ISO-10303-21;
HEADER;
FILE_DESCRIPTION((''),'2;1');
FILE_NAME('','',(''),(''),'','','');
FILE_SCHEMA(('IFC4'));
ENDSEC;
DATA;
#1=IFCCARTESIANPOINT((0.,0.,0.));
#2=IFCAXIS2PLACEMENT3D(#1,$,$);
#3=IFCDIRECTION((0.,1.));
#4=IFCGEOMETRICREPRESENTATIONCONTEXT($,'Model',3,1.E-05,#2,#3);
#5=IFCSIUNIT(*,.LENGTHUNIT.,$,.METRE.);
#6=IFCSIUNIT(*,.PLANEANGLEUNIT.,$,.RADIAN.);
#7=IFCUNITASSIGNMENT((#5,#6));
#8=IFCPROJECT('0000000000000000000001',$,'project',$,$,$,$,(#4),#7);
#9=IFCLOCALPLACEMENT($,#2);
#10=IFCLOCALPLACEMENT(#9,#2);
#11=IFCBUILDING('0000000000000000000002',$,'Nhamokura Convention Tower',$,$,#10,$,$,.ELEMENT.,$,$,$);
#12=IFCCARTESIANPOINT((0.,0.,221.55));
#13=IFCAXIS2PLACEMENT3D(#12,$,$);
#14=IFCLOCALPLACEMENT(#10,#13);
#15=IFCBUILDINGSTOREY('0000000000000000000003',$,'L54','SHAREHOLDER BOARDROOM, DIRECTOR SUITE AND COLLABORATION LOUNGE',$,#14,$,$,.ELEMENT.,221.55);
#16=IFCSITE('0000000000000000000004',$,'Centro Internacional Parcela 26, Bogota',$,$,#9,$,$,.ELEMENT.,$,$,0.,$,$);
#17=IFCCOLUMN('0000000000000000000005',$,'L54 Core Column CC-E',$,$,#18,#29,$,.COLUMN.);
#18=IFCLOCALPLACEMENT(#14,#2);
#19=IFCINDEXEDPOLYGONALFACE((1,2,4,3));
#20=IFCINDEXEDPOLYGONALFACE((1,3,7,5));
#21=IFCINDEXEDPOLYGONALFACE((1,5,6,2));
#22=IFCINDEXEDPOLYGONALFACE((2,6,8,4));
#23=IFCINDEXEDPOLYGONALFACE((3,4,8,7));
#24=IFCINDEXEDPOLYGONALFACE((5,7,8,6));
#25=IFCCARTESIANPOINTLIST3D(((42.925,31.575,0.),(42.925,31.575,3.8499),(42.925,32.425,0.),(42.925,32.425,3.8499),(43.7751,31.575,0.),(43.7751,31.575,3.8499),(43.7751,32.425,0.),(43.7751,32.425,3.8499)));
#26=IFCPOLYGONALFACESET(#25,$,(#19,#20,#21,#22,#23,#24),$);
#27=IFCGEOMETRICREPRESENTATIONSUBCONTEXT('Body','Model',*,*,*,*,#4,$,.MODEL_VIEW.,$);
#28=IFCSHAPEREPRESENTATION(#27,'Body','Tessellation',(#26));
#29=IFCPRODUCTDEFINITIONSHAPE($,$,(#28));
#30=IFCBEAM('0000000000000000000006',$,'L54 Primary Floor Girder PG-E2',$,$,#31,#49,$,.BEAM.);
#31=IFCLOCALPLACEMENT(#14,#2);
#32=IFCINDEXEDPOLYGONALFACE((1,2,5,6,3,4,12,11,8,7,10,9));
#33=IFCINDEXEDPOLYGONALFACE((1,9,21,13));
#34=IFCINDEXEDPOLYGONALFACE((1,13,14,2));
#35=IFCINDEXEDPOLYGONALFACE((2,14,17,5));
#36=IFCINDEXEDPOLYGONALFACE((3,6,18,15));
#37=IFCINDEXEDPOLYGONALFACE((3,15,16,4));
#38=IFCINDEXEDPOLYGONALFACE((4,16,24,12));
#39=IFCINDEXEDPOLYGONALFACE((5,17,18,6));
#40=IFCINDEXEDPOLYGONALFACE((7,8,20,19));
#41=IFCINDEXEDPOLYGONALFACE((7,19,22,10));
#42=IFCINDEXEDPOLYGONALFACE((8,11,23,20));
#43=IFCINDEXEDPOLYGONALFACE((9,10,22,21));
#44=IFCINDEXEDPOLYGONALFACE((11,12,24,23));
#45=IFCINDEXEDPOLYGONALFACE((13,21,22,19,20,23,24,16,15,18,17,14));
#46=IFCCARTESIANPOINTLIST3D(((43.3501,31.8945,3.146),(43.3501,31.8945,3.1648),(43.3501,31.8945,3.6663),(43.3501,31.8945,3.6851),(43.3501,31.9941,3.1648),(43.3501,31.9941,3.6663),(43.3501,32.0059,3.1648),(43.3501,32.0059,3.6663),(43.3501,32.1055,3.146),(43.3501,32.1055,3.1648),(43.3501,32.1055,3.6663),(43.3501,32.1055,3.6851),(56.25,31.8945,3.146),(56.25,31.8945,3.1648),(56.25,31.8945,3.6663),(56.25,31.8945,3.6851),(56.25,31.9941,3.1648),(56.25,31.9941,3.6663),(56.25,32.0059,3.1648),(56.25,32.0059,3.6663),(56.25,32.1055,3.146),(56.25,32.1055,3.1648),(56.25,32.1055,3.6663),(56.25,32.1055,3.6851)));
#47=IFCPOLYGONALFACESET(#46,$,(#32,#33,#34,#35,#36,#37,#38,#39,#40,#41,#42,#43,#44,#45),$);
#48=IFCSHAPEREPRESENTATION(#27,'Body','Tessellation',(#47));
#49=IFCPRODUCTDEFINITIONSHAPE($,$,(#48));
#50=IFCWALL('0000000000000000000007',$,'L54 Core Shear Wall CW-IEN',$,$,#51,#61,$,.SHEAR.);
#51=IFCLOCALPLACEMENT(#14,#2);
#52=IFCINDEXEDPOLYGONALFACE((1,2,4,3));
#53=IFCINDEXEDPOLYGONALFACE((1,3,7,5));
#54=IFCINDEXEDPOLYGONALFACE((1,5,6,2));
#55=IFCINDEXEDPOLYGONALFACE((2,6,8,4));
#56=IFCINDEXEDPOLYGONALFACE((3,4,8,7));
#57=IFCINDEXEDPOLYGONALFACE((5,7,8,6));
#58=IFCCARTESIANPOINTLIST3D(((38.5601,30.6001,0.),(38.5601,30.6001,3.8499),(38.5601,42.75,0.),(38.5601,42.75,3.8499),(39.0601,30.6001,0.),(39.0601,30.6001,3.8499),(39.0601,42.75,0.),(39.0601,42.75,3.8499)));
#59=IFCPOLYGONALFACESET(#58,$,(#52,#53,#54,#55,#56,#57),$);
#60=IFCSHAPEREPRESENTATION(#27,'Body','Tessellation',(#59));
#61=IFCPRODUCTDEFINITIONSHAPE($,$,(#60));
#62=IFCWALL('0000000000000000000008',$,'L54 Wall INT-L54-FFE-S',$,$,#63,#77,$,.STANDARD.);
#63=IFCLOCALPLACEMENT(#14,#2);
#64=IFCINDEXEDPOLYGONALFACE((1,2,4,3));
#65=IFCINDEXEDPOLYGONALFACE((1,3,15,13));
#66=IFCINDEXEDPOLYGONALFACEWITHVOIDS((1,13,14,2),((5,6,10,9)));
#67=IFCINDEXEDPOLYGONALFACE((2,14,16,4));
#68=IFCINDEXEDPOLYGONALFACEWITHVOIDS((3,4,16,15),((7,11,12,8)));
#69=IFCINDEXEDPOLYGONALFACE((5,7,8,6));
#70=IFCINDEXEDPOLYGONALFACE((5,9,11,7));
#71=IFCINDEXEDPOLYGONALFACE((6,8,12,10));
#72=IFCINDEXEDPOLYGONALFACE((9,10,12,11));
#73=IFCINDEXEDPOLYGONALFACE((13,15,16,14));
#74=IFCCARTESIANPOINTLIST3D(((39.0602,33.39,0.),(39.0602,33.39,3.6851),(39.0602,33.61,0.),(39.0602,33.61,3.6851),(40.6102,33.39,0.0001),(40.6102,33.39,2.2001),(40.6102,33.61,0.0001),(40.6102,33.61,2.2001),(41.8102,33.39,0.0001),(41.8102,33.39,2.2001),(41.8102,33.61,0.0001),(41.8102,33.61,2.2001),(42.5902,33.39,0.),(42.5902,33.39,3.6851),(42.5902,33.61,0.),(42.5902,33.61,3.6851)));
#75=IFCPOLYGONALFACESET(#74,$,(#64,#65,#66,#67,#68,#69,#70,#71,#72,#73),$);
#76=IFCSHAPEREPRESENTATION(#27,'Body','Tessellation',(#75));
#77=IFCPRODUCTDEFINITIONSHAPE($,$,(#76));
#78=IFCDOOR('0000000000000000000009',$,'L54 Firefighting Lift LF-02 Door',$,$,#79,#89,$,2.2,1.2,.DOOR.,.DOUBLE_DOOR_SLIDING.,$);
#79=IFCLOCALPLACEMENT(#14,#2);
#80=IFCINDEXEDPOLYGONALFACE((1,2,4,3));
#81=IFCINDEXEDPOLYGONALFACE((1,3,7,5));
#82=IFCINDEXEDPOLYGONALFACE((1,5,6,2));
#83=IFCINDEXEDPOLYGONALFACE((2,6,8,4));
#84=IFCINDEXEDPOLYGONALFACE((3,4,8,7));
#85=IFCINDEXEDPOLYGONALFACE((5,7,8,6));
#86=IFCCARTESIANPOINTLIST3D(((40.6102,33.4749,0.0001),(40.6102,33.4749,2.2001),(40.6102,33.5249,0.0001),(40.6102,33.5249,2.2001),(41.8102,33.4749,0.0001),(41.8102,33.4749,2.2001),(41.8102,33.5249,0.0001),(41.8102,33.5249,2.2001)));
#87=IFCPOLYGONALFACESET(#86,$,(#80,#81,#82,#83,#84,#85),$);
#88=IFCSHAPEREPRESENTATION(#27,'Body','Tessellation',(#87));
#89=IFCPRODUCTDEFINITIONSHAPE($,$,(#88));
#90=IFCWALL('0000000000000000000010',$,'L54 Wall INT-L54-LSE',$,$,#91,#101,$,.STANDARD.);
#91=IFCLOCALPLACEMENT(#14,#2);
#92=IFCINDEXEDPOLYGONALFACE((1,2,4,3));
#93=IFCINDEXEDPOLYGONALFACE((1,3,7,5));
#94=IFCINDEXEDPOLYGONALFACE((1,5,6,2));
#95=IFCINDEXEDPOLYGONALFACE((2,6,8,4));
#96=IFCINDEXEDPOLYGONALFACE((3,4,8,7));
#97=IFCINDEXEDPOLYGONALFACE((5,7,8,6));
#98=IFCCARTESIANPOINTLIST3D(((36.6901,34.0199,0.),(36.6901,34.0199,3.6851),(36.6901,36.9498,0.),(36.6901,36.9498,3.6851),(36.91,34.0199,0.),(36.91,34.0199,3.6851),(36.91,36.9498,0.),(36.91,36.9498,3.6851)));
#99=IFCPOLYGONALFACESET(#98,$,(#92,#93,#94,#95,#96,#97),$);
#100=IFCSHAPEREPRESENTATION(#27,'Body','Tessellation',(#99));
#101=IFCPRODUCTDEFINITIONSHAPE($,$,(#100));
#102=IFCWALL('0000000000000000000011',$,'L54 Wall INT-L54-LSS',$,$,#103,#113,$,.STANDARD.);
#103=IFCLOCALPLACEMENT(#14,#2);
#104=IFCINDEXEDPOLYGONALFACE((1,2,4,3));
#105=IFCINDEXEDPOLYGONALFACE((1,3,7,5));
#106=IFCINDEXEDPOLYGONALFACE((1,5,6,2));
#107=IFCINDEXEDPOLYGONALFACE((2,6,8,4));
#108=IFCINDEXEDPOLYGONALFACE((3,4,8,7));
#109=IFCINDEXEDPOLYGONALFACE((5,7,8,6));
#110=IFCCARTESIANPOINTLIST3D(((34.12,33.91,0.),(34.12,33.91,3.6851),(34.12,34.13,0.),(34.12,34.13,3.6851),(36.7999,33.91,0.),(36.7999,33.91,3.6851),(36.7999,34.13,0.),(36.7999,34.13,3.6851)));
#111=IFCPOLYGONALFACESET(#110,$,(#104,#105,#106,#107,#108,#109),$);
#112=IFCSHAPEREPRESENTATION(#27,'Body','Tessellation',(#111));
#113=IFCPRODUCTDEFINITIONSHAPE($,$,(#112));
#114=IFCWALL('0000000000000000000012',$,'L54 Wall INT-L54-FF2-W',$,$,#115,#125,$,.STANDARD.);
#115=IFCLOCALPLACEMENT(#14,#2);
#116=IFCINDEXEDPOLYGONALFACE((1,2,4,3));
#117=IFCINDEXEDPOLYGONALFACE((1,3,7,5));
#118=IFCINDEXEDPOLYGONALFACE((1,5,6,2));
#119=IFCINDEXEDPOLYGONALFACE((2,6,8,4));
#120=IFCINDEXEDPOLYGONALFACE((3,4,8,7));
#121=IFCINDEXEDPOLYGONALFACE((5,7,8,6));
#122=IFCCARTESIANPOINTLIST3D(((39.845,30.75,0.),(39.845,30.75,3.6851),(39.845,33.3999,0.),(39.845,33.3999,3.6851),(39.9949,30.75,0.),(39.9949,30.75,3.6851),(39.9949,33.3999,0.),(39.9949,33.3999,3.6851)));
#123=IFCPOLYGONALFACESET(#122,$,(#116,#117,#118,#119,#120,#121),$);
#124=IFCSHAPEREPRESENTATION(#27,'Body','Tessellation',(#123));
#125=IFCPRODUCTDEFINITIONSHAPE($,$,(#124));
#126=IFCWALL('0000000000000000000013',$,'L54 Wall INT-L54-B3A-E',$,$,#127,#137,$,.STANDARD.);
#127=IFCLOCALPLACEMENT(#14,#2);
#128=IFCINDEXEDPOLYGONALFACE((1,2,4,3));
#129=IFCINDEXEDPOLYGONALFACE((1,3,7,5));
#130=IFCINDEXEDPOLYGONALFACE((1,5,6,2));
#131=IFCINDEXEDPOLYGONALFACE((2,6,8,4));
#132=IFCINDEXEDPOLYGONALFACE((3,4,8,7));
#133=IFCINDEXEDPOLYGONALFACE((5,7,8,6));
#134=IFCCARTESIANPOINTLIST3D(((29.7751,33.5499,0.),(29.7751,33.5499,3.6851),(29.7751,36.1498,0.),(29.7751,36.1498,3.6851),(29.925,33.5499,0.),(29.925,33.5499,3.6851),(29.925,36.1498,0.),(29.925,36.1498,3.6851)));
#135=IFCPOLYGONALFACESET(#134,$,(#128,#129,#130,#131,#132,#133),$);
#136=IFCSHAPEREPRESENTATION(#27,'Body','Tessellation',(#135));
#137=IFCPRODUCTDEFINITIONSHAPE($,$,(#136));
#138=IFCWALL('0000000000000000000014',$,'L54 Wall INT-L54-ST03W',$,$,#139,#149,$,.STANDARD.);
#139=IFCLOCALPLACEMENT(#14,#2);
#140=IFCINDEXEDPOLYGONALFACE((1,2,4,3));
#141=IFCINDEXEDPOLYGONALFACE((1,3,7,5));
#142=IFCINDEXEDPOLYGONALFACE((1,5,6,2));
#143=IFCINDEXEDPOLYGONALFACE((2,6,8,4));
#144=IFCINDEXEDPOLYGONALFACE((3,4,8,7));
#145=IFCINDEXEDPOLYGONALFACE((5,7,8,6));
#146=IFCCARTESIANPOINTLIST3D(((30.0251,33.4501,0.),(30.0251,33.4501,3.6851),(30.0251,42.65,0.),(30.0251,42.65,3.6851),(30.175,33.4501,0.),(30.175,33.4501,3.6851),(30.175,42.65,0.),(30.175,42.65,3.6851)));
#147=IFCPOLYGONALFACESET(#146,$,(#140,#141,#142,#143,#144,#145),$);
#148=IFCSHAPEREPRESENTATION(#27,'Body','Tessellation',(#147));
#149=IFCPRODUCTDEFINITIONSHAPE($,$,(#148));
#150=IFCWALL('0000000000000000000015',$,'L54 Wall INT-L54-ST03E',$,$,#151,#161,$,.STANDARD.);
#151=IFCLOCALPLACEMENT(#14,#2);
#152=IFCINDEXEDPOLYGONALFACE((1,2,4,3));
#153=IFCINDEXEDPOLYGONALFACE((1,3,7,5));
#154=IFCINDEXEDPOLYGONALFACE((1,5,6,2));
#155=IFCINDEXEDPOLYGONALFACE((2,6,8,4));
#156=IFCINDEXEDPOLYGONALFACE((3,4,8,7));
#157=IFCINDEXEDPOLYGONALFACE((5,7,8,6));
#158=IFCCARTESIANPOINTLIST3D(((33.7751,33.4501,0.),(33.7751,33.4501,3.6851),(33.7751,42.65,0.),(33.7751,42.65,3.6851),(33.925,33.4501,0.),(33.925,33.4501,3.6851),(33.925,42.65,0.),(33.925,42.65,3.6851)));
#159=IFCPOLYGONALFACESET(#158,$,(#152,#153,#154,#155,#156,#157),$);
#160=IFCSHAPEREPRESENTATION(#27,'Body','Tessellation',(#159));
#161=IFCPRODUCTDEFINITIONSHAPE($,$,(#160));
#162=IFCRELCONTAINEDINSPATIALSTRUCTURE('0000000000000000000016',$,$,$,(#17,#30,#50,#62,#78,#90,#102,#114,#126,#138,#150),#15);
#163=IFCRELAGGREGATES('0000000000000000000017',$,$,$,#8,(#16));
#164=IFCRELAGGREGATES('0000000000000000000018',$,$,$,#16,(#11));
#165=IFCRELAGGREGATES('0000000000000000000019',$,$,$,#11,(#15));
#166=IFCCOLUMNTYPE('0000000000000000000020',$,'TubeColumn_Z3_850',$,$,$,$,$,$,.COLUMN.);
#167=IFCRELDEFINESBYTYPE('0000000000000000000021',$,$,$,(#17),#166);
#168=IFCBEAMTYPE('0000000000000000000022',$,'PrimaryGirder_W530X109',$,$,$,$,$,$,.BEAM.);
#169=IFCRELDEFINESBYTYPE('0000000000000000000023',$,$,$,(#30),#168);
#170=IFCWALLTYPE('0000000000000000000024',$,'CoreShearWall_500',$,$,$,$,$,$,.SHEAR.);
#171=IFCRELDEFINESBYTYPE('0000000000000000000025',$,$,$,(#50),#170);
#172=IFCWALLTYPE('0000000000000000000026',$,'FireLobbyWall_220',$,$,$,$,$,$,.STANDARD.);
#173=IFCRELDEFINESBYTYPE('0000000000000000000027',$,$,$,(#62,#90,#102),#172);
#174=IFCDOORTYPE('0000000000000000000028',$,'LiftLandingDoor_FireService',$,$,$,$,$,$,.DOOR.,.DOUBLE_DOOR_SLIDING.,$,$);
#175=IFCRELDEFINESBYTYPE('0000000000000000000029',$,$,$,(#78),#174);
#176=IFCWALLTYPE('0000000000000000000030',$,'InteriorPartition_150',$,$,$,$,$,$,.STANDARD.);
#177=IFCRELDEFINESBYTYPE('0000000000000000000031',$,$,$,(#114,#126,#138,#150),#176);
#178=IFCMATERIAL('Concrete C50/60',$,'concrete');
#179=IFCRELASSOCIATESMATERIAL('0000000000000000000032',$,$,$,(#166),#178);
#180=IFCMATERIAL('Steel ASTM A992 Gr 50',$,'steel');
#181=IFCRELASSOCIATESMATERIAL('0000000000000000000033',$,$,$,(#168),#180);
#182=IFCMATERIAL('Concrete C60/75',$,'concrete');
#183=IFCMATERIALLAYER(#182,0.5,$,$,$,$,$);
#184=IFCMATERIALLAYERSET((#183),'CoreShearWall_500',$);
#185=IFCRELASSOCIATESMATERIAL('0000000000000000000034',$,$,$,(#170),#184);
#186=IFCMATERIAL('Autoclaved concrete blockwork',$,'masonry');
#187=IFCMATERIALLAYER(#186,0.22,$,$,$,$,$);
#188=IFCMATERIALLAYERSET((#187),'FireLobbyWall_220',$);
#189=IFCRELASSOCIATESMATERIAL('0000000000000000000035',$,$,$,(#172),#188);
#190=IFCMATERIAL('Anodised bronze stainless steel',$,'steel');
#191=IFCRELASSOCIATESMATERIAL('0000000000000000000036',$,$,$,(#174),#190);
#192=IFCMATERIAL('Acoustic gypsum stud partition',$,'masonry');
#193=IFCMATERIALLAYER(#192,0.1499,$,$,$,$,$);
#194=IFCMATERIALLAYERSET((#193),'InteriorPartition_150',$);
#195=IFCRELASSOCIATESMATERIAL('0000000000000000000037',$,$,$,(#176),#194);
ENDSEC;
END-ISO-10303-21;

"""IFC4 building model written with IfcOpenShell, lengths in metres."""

from ifc_helpers import new_model, si_unit, direction, frame, frame_2d, origin, origin_2d, place, context, subcontext, project, spatial, rectangle, i_section, extrude, material, layer, layer_set, material_profile, profile_set, type_object, element, fill, save


model = new_model("IFC4")

# Units and contexts
model_context = context("Model", 3, precision=1e-05, world=origin(), true_north=direction((0.0, 1.0)))
body_context = subcontext(model_context, "Body", "Model", "MODEL_VIEW")
ifc_project = project(units=[si_unit("LENGTHUNIT", "METRE"), si_unit("PLANEANGLEUNIT", "RADIAN")], contexts=[model_context])

# Site, building, storey
site_placement = place(None, origin())
site = spatial("IfcSite", under=ifc_project, at=site_placement, Name="Centro Internacional Parcela 26, Bogota", CompositionType="ELEMENT", RefElevation=0.0)
building_placement = place(site_placement, origin())
building = spatial("IfcBuilding", under=site, at=building_placement, Name="Nhamokura Convention Tower", CompositionType="ELEMENT")
storey_placement = place(building_placement, frame((0.0, 0.0, 221.55)))
storey = spatial("IfcBuildingStorey", under=building, at=storey_placement, Name="L54", Description="SHAREHOLDER BOARDROOM, DIRECTOR SUITE AND COLLABORATION LOUNGE", CompositionType="ELEMENT", Elevation=221.55)

# Column
ifc_material_1 = material(Name="Concrete C50/60", Category="concrete")
ifc_material_profile_1 = material_profile(ifc_material_1, rectangle(XDim=0.8501, YDim=0.8501, at=origin_2d()))
ifc_profile_set_1 = profile_set([ifc_material_profile_1], Name="Concrete C50/60")
column_type = type_object("IfcColumnType", Name="TubeColumn_Z3_850", PredefinedType="COLUMN", material=ifc_profile_set_1)
column_placement = place(storey_placement, frame((43.3501, 32.0, 0.0), z_axis=(0.0, 0.0, 1.0), x_axis=(1.0, 0.0, 0.0)))
element("IfcColumn", 1, at=column_placement, inside=storey, type_object=column_type, Name="L54 Core Column CC-E", PredefinedType="COLUMN", context=body_context, shape_type="SweptSolid", body=[
    extrude(rectangle(XDim=0.8501, YDim=0.8501, at=origin_2d()), origin(), (0.0, 0.0, 1.0), 3.8499),
])

# Beam
ifc_material_2 = material(Name="Steel ASTM A992 Gr 50", Category="steel")
ifc_material_profile_2 = material_profile(ifc_material_2, i_section(OverallWidth=0.2109, OverallDepth=0.5391, WebThickness=0.0117, FlangeThickness=0.0188, at=origin_2d()))
ifc_profile_set_2 = profile_set([ifc_material_profile_2], Name="Steel ASTM A992 Gr 50")
beam_type = type_object("IfcBeamType", Name="PrimaryGirder_W530X109", PredefinedType="BEAM", material=ifc_profile_set_2)
beam_placement = place(storey_placement, frame((43.3501, 32.0, 3.4155), z_axis=(1.0, 0.0, 0.0), x_axis=(0.0, 1.0, 0.0)))
element("IfcBeam", 2, at=beam_placement, inside=storey, type_object=beam_type, Name="L54 Primary Floor Girder PG-E2", PredefinedType="BEAM", context=body_context, shape_type="SweptSolid", body=[
    extrude(i_section(OverallWidth=0.2109, OverallDepth=0.5391, WebThickness=0.0117, FlangeThickness=0.0188, at=origin_2d()), origin(), (0.0, 0.0, 1.0), 12.8999),
])

# Shared definitions
ifc_material_3 = material(Name="Concrete C60/75", Category="concrete")
ifc_layer_1 = layer(ifc_material_3, 0.5)
ifc_layer_set_1 = layer_set([ifc_layer_1], Name="CoreShearWall_500")
wall_type_1 = type_object("IfcWallType", Name="CoreShearWall_500", PredefinedType="SHEAR", material=ifc_layer_set_1)

# Wall
wall_1_placement = place(storey_placement, frame((38.8101, 30.6001, 0.0), z_axis=(0.0, 0.0, 1.0), x_axis=(0.0, 1.0, 0.0)))
element("IfcWall", 3, at=wall_1_placement, inside=storey, type_object=wall_type_1, Name="L54 Core Shear Wall CW-IEN", PredefinedType="SHEAR", context=body_context, shape_type="SweptSolid", body=[
    extrude(rectangle(XDim=12.1499, YDim=0.5, at=frame_2d((6.075, 0.0))), origin(), (0.0, 0.0, 1.0), 3.8499),
])

# Wall, opening, door
ifc_material_4 = material(Name="Autoclaved concrete blockwork", Category="masonry")
ifc_layer_2 = layer(ifc_material_4, 0.22)
ifc_layer_set_2 = layer_set([ifc_layer_2], Name="FireLobbyWall_220")
wall_type_2 = type_object("IfcWallType", Name="FireLobbyWall_220", PredefinedType="STANDARD", material=ifc_layer_set_2)
wall_2_placement = place(storey_placement, frame((39.0601, 33.5, 0.0), z_axis=(0.0, 0.0, 1.0), x_axis=(1.0, 0.0, 0.0)))
wall_2 = element("IfcWall", 4, at=wall_2_placement, inside=storey, type_object=wall_type_2, Name="L54 Wall INT-L54-FFE-S", PredefinedType="STANDARD", context=body_context, shape_type="SweptSolid", body=[
    extrude(rectangle(XDim=3.53, YDim=0.22, at=frame_2d((1.7651, 0.0))), origin(), (0.0, 0.0, 1.0), 3.6851),
])
opening_1_placement = place(wall_2_placement, frame((1.55, 0.0, 0.0)))
opening_1 = element("IfcOpeningElement", 5, at=opening_1_placement, cuts=wall_2, PredefinedType="OPENING", context=body_context, shape_type="SweptSolid", body=[
    extrude(rectangle(XDim=1.2, YDim=2.2, at=frame_2d((0.6001, 1.1001))), frame((0.0, 0.1199, 0.0), z_axis=(0.0, -1.0, 0.0), x_axis=(1.0, 0.0, 0.0)), (0.0, 0.0, 1.0), 0.24),
])
ifc_material_5 = material(Name="Anodised bronze stainless steel", Category="steel")
door_type_1 = type_object("IfcDoorType", Name="LiftLandingDoor_FireService", OperationType="DOUBLE_DOOR_SLIDING", PredefinedType="DOOR", material=ifc_material_5)
door_1_placement = place(opening_1_placement, origin())
door_1 = element("IfcDoor", 6, at=door_1_placement, inside=storey, type_object=door_type_1, Name="L54 Firefighting Lift LF-02 Door", OperationType="DOUBLE_DOOR_SLIDING", OverallHeight=2.2, OverallWidth=1.2, PredefinedType="DOOR", context=body_context, shape_type="SweptSolid", body=[
    extrude(rectangle(XDim=1.2, YDim=2.2, at=frame_2d((0.6001, 1.1001))), frame((0.0, 0.0249, 0.0), z_axis=(0.0, -1.0, 0.0), x_axis=(1.0, 0.0, 0.0)), (0.0, 0.0, 1.0), 0.05),
])
fill(opening_1, door_1)

# Walls
wall_3_placement = place(storey_placement, frame((36.8, 34.02, 0.0), z_axis=(0.0, 0.0, 1.0), x_axis=(0.0, 1.0, 0.0)))
element("IfcWall", 7, at=wall_3_placement, inside=storey, type_object=wall_type_2, Name="L54 Wall INT-L54-LSE", PredefinedType="STANDARD", context=body_context, shape_type="SweptSolid", body=[
    extrude(rectangle(XDim=2.9299, YDim=0.22, at=frame_2d((1.4648, 0.0))), origin(), (0.0, 0.0, 1.0), 3.6851),
])
wall_4_placement = place(storey_placement, frame((34.1201, 34.02, 0.0), z_axis=(0.0, 0.0, 1.0), x_axis=(1.0, 0.0, 0.0)))
element("IfcWall", 8, at=wall_4_placement, inside=storey, type_object=wall_type_2, Name="L54 Wall INT-L54-LSS", PredefinedType="STANDARD", context=body_context, shape_type="SweptSolid", body=[
    extrude(rectangle(XDim=2.6799, YDim=0.22, at=frame_2d((1.3398, 0.0))), origin(), (0.0, 0.0, 1.0), 3.6851),
])
ifc_material_6 = material(Name="Acoustic gypsum stud partition", Category="masonry")
ifc_layer_3 = layer(ifc_material_6, 0.1499)
ifc_layer_set_3 = layer_set([ifc_layer_3], Name="InteriorPartition_150")
wall_type_3 = type_object("IfcWallType", Name="InteriorPartition_150", PredefinedType="STANDARD", material=ifc_layer_set_3)
wall_5_placement = place(storey_placement, frame((39.9199, 30.75, 0.0), z_axis=(0.0, 0.0, 1.0), x_axis=(0.0, 1.0, 0.0)))
element("IfcWall", 9, at=wall_5_placement, inside=storey, type_object=wall_type_3, Name="L54 Wall INT-L54-FF2-W", PredefinedType="STANDARD", context=body_context, shape_type="SweptSolid", body=[
    extrude(rectangle(XDim=2.6499, YDim=0.1499, at=frame_2d((1.325, 0.0))), origin(), (0.0, 0.0, 1.0), 3.6851),
])
wall_6_placement = place(storey_placement, frame((29.8501, 33.55, 0.0), z_axis=(0.0, 0.0, 1.0), x_axis=(0.0, 1.0, 0.0)))
element("IfcWall", 10, at=wall_6_placement, inside=storey, type_object=wall_type_3, Name="L54 Wall INT-L54-B3A-E", PredefinedType="STANDARD", context=body_context, shape_type="SweptSolid", body=[
    extrude(rectangle(XDim=2.5999, YDim=0.1499, at=frame_2d((1.2998, 0.0))), origin(), (0.0, 0.0, 1.0), 3.6851),
])
for number, where, z_axis, x_axis, name in (
    (11, (30.1001, 33.45, 0.0), (0.0, 0.0, 1.0), (0.0, 1.0, 0.0), "L54 Wall INT-L54-ST03W"),
    (12, (33.8501, 33.45, 0.0), (0.0, 0.0, 1.0), (0.0, 1.0, 0.0), "L54 Wall INT-L54-ST03E"),
):
    element("IfcWall", number, at=place(storey_placement, frame(where, z_axis=z_axis, x_axis=x_axis)), inside=storey, type_object=wall_type_3, Name=name, PredefinedType="STANDARD", context=body_context, shape_type="SweptSolid", body=[
        extrude(rectangle(XDim=9.2, YDim=0.1499, at=frame_2d((4.6001, 0.0))), origin(), (0.0, 0.0, 1.0), 3.6851),
    ])

save(model, "model.ifc")
